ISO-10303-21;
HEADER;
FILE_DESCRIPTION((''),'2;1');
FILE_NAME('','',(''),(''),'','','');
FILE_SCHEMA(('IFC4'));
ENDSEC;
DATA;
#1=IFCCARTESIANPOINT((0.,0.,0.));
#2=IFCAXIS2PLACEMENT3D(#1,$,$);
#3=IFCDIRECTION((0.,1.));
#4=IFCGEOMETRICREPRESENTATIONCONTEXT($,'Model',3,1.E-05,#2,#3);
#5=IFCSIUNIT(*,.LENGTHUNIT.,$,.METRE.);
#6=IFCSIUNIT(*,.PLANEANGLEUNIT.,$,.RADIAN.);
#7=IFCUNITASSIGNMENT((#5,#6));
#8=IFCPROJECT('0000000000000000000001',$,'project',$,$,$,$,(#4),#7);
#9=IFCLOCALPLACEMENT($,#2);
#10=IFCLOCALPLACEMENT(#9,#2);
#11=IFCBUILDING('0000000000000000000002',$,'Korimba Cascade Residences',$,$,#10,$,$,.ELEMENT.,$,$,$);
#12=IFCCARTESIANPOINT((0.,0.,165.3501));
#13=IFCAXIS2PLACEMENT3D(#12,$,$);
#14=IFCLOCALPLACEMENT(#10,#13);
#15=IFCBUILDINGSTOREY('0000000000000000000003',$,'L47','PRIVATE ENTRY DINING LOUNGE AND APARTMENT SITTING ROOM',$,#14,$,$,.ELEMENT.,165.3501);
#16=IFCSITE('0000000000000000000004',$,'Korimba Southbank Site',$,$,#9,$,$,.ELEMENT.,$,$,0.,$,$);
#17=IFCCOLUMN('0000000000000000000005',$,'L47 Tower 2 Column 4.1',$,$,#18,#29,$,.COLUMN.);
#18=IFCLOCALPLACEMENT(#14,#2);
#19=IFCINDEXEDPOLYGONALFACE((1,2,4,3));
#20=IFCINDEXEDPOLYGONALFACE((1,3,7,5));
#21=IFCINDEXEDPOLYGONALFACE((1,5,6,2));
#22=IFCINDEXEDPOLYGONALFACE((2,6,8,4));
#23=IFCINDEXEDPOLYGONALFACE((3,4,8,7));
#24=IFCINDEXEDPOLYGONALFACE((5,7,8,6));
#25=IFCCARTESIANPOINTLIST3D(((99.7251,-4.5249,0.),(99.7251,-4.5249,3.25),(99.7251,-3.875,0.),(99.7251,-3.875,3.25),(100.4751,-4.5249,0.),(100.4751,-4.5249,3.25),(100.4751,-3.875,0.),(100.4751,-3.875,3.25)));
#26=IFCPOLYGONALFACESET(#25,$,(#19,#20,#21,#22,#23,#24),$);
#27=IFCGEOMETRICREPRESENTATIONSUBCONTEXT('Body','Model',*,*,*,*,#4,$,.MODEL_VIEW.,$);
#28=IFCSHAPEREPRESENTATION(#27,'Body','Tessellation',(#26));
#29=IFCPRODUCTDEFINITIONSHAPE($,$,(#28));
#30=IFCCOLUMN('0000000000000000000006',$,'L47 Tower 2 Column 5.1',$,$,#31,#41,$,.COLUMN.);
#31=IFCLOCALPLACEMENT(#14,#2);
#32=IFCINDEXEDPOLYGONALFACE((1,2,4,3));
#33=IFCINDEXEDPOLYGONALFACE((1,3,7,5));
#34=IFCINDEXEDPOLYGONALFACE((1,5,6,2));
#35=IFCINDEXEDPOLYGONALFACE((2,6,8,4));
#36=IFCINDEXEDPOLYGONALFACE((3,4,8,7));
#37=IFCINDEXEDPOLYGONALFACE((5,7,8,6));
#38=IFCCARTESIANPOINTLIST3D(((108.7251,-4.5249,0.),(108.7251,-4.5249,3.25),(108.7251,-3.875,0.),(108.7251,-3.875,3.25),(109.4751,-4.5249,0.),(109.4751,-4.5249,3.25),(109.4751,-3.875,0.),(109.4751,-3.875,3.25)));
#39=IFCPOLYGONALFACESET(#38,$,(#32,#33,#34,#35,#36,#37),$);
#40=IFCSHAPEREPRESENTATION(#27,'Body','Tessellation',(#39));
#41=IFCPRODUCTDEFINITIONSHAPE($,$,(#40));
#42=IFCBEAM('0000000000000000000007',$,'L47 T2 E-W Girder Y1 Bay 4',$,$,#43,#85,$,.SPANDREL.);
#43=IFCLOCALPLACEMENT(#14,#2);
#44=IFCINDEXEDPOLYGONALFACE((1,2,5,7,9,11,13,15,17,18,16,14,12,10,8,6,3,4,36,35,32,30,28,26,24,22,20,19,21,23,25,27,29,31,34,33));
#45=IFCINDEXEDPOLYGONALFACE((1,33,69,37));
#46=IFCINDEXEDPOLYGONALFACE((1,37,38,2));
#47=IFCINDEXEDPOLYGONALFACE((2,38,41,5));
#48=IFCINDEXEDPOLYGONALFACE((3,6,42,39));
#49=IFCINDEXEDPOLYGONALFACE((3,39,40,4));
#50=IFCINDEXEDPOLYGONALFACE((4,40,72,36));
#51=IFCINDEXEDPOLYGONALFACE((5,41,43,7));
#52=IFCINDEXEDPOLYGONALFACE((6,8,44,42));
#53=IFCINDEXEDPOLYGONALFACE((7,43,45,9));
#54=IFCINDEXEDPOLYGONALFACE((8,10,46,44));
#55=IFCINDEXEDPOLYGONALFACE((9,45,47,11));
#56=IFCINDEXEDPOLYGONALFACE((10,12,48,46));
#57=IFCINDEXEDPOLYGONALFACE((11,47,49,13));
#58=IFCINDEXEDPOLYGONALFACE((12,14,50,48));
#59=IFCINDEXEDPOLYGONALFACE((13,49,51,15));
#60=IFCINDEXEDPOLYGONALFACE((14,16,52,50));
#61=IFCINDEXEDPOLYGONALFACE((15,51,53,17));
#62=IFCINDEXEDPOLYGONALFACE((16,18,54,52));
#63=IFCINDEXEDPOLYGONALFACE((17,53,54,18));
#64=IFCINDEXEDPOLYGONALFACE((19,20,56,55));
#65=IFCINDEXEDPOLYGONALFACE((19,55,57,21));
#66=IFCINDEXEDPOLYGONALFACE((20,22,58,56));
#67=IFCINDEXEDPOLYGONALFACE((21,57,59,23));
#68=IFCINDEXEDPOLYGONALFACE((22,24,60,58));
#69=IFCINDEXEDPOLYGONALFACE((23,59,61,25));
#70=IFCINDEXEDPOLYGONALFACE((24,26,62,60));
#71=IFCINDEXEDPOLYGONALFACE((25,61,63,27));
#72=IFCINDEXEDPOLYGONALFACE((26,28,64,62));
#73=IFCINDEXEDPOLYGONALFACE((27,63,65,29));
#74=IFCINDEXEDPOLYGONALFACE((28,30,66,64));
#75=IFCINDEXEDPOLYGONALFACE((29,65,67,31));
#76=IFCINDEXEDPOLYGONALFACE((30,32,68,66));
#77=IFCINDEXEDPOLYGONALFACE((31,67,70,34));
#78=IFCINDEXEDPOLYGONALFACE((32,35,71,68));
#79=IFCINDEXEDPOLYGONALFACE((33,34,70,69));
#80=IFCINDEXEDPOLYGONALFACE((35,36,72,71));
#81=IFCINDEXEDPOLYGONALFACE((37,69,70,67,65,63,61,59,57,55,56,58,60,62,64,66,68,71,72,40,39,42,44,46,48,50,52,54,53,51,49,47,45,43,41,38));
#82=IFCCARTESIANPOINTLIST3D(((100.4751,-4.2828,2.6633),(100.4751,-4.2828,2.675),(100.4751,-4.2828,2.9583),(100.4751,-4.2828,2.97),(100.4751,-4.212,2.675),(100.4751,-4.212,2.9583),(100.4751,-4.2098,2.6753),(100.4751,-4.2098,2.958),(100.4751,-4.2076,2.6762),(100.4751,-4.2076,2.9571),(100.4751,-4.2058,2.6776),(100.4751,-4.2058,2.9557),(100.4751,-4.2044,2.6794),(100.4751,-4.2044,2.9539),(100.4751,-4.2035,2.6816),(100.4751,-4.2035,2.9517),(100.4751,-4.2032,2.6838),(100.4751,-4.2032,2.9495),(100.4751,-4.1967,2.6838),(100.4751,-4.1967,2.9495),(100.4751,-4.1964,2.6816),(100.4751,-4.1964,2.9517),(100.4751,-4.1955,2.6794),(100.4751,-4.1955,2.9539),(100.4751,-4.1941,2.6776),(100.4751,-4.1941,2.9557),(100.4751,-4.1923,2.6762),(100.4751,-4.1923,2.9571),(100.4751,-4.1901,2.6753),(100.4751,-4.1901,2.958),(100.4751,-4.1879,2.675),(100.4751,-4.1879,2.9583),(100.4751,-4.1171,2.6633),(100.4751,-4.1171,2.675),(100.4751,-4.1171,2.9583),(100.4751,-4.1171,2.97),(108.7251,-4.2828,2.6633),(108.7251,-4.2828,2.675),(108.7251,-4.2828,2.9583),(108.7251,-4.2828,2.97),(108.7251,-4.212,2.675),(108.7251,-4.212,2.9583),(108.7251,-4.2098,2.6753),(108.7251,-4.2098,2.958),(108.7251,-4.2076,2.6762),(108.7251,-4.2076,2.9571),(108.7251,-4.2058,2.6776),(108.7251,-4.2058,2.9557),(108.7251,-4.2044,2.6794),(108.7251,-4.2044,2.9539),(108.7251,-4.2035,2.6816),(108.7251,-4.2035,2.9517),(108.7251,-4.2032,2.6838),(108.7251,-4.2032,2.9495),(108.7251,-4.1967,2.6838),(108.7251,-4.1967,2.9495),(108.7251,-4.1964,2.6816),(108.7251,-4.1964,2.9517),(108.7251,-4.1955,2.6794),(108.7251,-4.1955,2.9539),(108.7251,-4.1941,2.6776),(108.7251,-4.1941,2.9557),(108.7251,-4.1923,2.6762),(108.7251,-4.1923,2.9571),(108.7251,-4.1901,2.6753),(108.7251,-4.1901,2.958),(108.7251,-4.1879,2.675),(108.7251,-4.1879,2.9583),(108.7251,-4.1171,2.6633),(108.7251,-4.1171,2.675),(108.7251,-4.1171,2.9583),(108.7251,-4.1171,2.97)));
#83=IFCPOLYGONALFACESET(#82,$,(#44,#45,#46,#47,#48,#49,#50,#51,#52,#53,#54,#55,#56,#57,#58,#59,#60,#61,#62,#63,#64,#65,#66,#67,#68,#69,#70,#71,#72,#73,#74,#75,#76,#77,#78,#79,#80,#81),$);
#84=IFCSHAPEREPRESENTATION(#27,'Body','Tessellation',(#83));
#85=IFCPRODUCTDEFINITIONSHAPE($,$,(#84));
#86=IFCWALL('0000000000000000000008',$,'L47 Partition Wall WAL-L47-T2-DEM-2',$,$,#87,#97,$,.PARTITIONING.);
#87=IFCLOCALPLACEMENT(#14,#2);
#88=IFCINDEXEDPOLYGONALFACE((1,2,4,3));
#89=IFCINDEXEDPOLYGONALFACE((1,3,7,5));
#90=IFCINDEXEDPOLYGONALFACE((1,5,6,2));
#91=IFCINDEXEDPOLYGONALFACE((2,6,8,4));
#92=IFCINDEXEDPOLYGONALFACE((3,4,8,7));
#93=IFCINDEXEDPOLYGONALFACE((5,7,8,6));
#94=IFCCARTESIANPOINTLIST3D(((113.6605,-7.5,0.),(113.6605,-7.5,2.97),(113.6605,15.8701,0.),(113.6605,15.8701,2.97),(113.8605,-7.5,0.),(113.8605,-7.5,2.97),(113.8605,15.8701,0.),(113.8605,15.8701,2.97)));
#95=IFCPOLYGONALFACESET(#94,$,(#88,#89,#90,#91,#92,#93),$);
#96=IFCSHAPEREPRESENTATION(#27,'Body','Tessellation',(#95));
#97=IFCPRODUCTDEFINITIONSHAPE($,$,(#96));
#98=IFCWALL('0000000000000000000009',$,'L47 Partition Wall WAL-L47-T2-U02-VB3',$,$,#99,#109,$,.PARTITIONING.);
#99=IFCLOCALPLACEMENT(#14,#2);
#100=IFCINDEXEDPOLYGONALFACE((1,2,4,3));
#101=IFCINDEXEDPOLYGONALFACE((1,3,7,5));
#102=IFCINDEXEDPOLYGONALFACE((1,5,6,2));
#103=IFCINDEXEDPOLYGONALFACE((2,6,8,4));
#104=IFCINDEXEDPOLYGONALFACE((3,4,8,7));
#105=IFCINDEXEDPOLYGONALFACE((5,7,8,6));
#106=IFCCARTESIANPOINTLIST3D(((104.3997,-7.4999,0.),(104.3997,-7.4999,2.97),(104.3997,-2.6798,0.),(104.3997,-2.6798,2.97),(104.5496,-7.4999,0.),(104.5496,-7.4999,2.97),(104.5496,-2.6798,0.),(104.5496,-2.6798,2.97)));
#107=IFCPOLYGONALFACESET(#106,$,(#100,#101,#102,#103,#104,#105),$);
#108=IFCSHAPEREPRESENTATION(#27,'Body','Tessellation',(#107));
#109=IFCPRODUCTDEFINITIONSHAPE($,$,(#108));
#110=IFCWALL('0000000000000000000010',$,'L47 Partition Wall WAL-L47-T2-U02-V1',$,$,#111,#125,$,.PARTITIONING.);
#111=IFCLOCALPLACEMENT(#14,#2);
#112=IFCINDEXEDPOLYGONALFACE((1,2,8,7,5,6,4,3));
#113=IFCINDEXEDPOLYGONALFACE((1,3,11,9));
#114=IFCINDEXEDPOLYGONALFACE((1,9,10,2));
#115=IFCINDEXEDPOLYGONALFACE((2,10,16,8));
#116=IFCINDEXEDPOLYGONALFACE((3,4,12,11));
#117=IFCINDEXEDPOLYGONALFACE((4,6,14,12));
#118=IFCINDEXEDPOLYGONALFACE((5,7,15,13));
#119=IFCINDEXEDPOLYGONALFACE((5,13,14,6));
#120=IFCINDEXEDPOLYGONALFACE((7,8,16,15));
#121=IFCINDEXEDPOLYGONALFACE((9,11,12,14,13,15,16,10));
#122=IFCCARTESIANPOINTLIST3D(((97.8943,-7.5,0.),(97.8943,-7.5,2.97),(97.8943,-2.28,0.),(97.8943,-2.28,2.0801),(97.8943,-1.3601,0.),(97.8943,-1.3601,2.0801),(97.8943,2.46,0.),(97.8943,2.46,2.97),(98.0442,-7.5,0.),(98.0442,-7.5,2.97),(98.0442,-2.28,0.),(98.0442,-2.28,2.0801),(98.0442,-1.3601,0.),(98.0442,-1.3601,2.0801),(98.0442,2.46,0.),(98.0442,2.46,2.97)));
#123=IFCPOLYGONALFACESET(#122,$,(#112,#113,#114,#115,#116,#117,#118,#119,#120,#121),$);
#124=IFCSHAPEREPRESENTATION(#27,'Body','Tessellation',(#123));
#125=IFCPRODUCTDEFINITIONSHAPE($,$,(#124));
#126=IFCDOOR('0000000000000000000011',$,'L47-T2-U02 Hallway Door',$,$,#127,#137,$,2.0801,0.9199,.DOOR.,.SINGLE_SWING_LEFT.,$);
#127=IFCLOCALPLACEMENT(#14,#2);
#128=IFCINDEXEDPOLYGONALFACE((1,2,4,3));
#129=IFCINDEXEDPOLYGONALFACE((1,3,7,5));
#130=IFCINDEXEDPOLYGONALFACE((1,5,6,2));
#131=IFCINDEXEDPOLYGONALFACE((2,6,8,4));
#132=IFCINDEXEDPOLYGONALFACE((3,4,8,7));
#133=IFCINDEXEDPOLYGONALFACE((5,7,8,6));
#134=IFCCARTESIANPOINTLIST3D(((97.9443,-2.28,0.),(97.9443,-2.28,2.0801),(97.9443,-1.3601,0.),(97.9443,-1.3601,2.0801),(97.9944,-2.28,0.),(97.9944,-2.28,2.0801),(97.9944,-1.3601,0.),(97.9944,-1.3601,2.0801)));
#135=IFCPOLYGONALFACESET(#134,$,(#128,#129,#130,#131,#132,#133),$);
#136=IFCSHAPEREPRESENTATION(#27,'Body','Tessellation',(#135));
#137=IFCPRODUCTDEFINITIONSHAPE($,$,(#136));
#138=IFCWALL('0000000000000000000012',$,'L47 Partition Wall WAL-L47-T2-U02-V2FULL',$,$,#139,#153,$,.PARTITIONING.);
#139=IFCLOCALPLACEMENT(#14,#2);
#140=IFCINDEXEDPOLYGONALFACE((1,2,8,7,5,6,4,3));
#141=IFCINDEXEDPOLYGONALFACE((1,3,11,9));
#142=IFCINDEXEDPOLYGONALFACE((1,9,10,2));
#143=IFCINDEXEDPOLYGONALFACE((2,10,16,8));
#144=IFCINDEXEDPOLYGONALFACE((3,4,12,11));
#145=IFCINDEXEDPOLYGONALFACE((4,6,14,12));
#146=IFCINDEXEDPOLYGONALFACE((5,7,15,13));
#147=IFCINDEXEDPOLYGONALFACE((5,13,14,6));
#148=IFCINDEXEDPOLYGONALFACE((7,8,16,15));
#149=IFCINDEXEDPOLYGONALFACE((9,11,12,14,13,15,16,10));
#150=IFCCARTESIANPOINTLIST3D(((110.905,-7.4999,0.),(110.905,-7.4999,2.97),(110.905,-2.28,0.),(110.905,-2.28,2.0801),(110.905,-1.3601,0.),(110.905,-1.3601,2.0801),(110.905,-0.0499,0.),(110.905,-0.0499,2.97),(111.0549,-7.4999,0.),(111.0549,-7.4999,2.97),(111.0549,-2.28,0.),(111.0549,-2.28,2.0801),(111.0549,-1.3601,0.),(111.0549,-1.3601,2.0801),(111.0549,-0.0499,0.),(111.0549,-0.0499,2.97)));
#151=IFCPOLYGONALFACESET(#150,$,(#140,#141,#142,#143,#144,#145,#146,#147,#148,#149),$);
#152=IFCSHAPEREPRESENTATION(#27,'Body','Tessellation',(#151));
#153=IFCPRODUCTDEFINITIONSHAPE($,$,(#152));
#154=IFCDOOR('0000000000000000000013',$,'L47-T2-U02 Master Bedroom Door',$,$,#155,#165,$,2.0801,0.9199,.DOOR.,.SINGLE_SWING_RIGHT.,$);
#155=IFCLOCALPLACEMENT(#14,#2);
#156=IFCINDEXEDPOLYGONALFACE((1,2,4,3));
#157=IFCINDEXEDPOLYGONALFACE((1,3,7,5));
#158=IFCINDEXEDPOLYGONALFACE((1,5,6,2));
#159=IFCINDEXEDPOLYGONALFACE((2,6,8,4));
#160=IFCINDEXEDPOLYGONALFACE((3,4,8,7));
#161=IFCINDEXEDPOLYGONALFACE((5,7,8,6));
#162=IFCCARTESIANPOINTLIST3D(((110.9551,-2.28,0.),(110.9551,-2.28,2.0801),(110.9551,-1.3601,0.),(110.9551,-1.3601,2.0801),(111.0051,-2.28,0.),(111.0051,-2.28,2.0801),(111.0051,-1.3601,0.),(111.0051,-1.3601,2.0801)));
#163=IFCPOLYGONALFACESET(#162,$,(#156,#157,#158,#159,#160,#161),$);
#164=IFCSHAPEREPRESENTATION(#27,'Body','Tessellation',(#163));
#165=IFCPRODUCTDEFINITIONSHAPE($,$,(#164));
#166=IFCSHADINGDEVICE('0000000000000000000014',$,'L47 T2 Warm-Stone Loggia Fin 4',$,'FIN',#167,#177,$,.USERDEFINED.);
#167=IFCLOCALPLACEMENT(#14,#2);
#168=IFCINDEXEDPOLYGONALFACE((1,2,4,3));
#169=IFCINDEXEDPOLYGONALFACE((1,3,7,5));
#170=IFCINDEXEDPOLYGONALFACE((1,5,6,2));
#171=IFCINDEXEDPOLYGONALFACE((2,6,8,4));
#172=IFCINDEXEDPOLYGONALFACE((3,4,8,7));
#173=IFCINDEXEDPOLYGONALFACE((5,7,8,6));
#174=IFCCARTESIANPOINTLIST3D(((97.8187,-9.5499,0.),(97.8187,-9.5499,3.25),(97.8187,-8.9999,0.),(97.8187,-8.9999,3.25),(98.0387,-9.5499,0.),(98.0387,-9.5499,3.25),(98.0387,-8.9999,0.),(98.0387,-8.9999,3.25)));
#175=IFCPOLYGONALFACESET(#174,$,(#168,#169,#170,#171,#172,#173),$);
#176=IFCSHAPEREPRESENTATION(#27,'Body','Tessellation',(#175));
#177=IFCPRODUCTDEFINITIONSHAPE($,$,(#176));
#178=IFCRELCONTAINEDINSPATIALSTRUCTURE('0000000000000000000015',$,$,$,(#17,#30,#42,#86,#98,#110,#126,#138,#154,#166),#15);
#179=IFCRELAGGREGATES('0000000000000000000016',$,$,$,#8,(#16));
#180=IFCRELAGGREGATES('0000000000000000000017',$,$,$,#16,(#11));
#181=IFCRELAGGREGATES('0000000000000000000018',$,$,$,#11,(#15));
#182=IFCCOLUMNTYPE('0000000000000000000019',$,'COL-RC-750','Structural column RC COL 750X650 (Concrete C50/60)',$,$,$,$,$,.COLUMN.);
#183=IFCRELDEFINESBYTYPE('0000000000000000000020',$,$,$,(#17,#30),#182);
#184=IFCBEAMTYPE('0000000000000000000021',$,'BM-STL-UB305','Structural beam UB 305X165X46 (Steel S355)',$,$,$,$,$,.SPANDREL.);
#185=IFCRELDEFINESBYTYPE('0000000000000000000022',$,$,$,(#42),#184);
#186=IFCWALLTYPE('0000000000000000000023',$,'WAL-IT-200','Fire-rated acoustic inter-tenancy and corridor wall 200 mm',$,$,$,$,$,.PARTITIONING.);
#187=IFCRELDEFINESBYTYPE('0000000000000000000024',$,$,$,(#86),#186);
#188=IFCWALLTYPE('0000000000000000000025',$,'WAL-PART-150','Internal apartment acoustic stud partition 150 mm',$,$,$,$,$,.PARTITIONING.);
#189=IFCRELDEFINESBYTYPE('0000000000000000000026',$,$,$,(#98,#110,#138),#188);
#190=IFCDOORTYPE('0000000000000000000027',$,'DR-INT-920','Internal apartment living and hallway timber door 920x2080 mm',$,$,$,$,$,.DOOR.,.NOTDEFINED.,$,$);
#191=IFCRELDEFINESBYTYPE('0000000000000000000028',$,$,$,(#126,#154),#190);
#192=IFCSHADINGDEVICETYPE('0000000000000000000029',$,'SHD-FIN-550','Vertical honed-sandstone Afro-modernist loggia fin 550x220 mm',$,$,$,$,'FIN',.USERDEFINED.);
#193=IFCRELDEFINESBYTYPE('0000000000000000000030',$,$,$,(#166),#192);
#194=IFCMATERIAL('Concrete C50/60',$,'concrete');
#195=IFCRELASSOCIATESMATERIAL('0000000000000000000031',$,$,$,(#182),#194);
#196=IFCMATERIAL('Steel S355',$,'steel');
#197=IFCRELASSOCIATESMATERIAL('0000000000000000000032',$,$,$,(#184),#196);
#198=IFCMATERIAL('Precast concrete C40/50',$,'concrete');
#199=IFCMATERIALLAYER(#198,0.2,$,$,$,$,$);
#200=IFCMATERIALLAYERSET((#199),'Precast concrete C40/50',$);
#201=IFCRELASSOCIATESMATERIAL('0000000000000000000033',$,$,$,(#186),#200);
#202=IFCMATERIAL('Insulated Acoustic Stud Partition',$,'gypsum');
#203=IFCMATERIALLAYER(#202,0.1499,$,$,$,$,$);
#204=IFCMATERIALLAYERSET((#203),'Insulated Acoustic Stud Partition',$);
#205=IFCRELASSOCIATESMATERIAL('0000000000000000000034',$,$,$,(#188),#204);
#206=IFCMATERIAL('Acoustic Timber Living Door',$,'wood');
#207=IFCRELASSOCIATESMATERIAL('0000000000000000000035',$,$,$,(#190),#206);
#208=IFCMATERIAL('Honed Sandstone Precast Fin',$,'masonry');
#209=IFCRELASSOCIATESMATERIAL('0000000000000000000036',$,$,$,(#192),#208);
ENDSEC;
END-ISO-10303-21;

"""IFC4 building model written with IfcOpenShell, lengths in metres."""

from ifc_helpers import new_model, si_unit, direction, frame, frame_2d, origin, origin_2d, place, context, subcontext, project, spatial, rectangle, i_section, extrude, material, layer, layer_set, material_profile, profile_set, type_object, element, fill, save


model = new_model("IFC4")

# Units and contexts
model_context = context("Model", 3, precision=1e-05, world=origin(), true_north=direction((0.0, 1.0)))
body_context = subcontext(model_context, "Body", "Model", "MODEL_VIEW")
ifc_project = project(units=[si_unit("LENGTHUNIT", "METRE"), si_unit("PLANEANGLEUNIT", "RADIAN")], contexts=[model_context])

# Site, building, storey
site_placement = place(None, origin())
site = spatial("IfcSite", under=ifc_project, at=site_placement, Name="Korimba Southbank Site", CompositionType="ELEMENT", RefElevation=0.0)
building_placement = place(site_placement, origin())
building = spatial("IfcBuilding", under=site, at=building_placement, Name="Korimba Cascade Residences", CompositionType="ELEMENT")
storey_placement = place(building_placement, frame((0.0, 0.0, 165.3501)))
storey = spatial("IfcBuildingStorey", under=building, at=storey_placement, Name="L47", Description="PRIVATE ENTRY DINING LOUNGE AND APARTMENT SITTING ROOM", CompositionType="ELEMENT", Elevation=165.3501)

# Columns
ifc_material_1 = material(Name="Concrete C50/60", Category="concrete")
ifc_material_profile_1 = material_profile(ifc_material_1, rectangle(XDim=0.75, YDim=0.6499, at=origin_2d()), Name="Concrete C50/60")
ifc_profile_set_1 = profile_set([ifc_material_profile_1], Name="Concrete C50/60")
column_type = type_object("IfcColumnType", Name="COL-RC-750", Description="Structural column RC COL 750X650 (Concrete C50/60)", PredefinedType="COLUMN", material=ifc_profile_set_1)
for number, where, z_axis, x_axis, name in (
    (1, (100.1001, -4.2, 0.0), (0.0, 0.0, 1.0), (1.0, 0.0, 0.0), "L47 Tower 2 Column 4.1"),
    (2, (109.1001, -4.2, 0.0), (0.0, 0.0, 1.0), (1.0, 0.0, 0.0), "L47 Tower 2 Column 5.1"),
):
    element("IfcColumn", number, at=place(storey_placement, frame(where, z_axis=z_axis, x_axis=x_axis)), inside=storey, type_object=column_type, Name=name, PredefinedType="COLUMN", context=body_context, shape_type="SweptSolid", body=[
        extrude(rectangle(XDim=0.75, YDim=0.6499, at=origin_2d()), origin(), (0.0, 0.0, 1.0), 3.25),
    ])

# Beam
ifc_material_2 = material(Name="Steel S355", Category="steel")
ifc_material_profile_2 = material_profile(ifc_material_2, i_section(OverallWidth=0.1658, OverallDepth=0.3066, WebThickness=0.0066, FlangeThickness=0.0117, FilletRadius=0.0088, at=origin_2d()), Name="Steel S355")
ifc_profile_set_2 = profile_set([ifc_material_profile_2], Name="Steel S355")
beam_type = type_object("IfcBeamType", Name="BM-STL-UB305", Description="Structural beam UB 305X165X46 (Steel S355)", PredefinedType="SPANDREL", material=ifc_profile_set_2)
beam_placement = place(storey_placement, frame((100.4751, -4.2, 2.8167), z_axis=(1.0, 0.0, 0.0), x_axis=(0.0, 1.0, 0.0)))
element("IfcBeam", 3, at=beam_placement, inside=storey, type_object=beam_type, Name="L47 T2 E-W Girder Y1 Bay 4", PredefinedType="SPANDREL", context=body_context, shape_type="SweptSolid", body=[
    extrude(i_section(OverallWidth=0.1658, OverallDepth=0.3066, WebThickness=0.0066, FlangeThickness=0.0117, FilletRadius=0.0088, at=origin_2d()), origin(), (0.0, 0.0, 1.0), 8.25),
])

# Walls
ifc_material_3 = material(Name="Precast concrete C40/50", Category="concrete")
ifc_layer_1 = layer(ifc_material_3, 0.2)
ifc_layer_set_1 = layer_set([ifc_layer_1], Name="Precast concrete C40/50")
wall_type_1 = type_object("IfcWallType", Name="WAL-IT-200", Description="Fire-rated acoustic inter-tenancy and corridor wall 200 mm", PredefinedType="PARTITIONING", material=ifc_layer_set_1)
wall_1_placement = place(storey_placement, frame((113.7605, -7.5, 0.0), z_axis=(0.0, 0.0, 1.0), x_axis=(0.0, 1.0, 0.0)))
element("IfcWall", 4, at=wall_1_placement, inside=storey, type_object=wall_type_1, Name="L47 Partition Wall WAL-L47-T2-DEM-2", PredefinedType="PARTITIONING", context=body_context, shape_type="SweptSolid", body=[
    extrude(rectangle(XDim=23.3701, YDim=0.2, at=frame_2d((11.6851, 0.0))), origin(), (0.0, 0.0, 1.0), 2.97),
])
ifc_material_4 = material(Name="Insulated Acoustic Stud Partition", Category="gypsum")
ifc_layer_2 = layer(ifc_material_4, 0.1499)
ifc_layer_set_2 = layer_set([ifc_layer_2], Name="Insulated Acoustic Stud Partition")
wall_type_2 = type_object("IfcWallType", Name="WAL-PART-150", Description="Internal apartment acoustic stud partition 150 mm", PredefinedType="PARTITIONING", material=ifc_layer_set_2)
wall_2_placement = place(storey_placement, frame((104.4746, -7.5, 0.0), z_axis=(0.0, 0.0, 1.0), x_axis=(0.0, 1.0, 0.0)))
element("IfcWall", 5, at=wall_2_placement, inside=storey, type_object=wall_type_2, Name="L47 Partition Wall WAL-L47-T2-U02-VB3", PredefinedType="PARTITIONING", context=body_context, shape_type="SweptSolid", body=[
    extrude(rectangle(XDim=4.8201, YDim=0.1499, at=frame_2d((2.4102, 0.0))), origin(), (0.0, 0.0, 1.0), 2.97),
])

# Walls, openings, doors
wall_3_placement = place(storey_placement, frame((97.9692, -7.5, 0.0), z_axis=(0.0, 0.0, 1.0), x_axis=(0.0, 1.0, 0.0)))
wall_3 = element("IfcWall", 6, at=wall_3_placement, inside=storey, type_object=wall_type_2, Name="L47 Partition Wall WAL-L47-T2-U02-V1", PredefinedType="PARTITIONING", context=body_context, shape_type="SweptSolid", body=[
    extrude(rectangle(XDim=9.96, YDim=0.1499, at=frame_2d((4.98, 0.0))), origin(), (0.0, 0.0, 1.0), 2.97),
])
opening_1_placement = place(wall_3_placement, frame((5.22, 0.0, 0.0)))
opening_1 = element("IfcOpeningElement", 7, at=opening_1_placement, cuts=wall_3, PredefinedType="OPENING", context=body_context, shape_type="SweptSolid", body=[
    extrude(rectangle(XDim=0.9199, YDim=2.0801, at=frame_2d((0.46, 1.04))), frame((0.0, 0.085, 0.0), z_axis=(0.0, -1.0, 0.0), x_axis=(1.0, 0.0, 0.0)), (0.0, 0.0, 1.0), 0.1699),
])
ifc_material_5 = material(Name="Acoustic Timber Living Door", Category="wood")
door_type = type_object("IfcDoorType", Name="DR-INT-920", Description="Internal apartment living and hallway timber door 920x2080 mm", OperationType="NOTDEFINED", PredefinedType="DOOR", material=ifc_material_5)
door_1_placement = place(opening_1_placement, origin())
door_1 = element("IfcDoor", 8, at=door_1_placement, inside=storey, type_object=door_type, Name="L47-T2-U02 Hallway Door", OperationType="SINGLE_SWING_LEFT", OverallHeight=2.0801, OverallWidth=0.9199, PredefinedType="DOOR", context=body_context, shape_type="SweptSolid", body=[
    extrude(rectangle(XDim=0.9199, YDim=2.0801, at=frame_2d((0.46, 1.04))), frame((0.0, 0.0249, 0.0), z_axis=(0.0, -1.0, 0.0), x_axis=(1.0, 0.0, 0.0)), (0.0, 0.0, 1.0), 0.05),
])
fill(opening_1, door_1)
wall_4_placement = place(storey_placement, frame((110.98, -7.5, 0.0), z_axis=(0.0, 0.0, 1.0), x_axis=(0.0, 1.0, 0.0)))
wall_4 = element("IfcWall", 9, at=wall_4_placement, inside=storey, type_object=wall_type_2, Name="L47 Partition Wall WAL-L47-T2-U02-V2FULL", PredefinedType="PARTITIONING", context=body_context, shape_type="SweptSolid", body=[
    extrude(rectangle(XDim=7.45, YDim=0.1499, at=frame_2d((3.7251, 0.0))), origin(), (0.0, 0.0, 1.0), 2.97),
])
opening_2_placement = place(wall_4_placement, frame((5.22, 0.0, 0.0)))
opening_2 = element("IfcOpeningElement", 10, at=opening_2_placement, cuts=wall_4, PredefinedType="OPENING", context=body_context, shape_type="SweptSolid", body=[
    extrude(rectangle(XDim=0.9199, YDim=2.0801, at=frame_2d((0.46, 1.04))), frame((0.0, 0.085, 0.0), z_axis=(0.0, -1.0, 0.0), x_axis=(1.0, 0.0, 0.0)), (0.0, 0.0, 1.0), 0.1699),
])
door_2_placement = place(opening_2_placement, origin())
door_2 = element("IfcDoor", 11, at=door_2_placement, inside=storey, type_object=door_type, Name="L47-T2-U02 Master Bedroom Door", OperationType="SINGLE_SWING_RIGHT", OverallHeight=2.0801, OverallWidth=0.9199, PredefinedType="DOOR", context=body_context, shape_type="SweptSolid", body=[
    extrude(rectangle(XDim=0.9199, YDim=2.0801, at=frame_2d((0.46, 1.04))), frame((0.0, 0.0249, 0.0), z_axis=(0.0, -1.0, 0.0), x_axis=(1.0, 0.0, 0.0)), (0.0, 0.0, 1.0), 0.05),
])
fill(opening_2, door_2)

# Shading device
ifc_material_6 = material(Name="Honed Sandstone Precast Fin", Category="masonry")
shading_device_type = type_object("IfcShadingDeviceType", Name="SHD-FIN-550", Description="Vertical honed-sandstone Afro-modernist loggia fin 550x220 mm", ElementType="FIN", PredefinedType="USERDEFINED", material=ifc_material_6)
for number, where, z_axis, x_axis, name in (
    (12, (97.9287, -9.2749, 0.0), (0.0, 0.0, 1.0), (1.0, 0.0, 0.0), "L47 T2 Warm-Stone Loggia Fin 4"),
):
    element("IfcShadingDevice", number, at=place(storey_placement, frame(where, z_axis=z_axis, x_axis=x_axis)), inside=storey, type_object=shading_device_type, Name=name, ObjectType="FIN", PredefinedType="USERDEFINED", context=body_context, shape_type="SweptSolid", body=[
        extrude(rectangle(XDim=0.22, YDim=0.55, at=origin_2d()), origin(), (0.0, 0.0, 1.0), 3.25),
    ])

save(model, "model.ifc")
